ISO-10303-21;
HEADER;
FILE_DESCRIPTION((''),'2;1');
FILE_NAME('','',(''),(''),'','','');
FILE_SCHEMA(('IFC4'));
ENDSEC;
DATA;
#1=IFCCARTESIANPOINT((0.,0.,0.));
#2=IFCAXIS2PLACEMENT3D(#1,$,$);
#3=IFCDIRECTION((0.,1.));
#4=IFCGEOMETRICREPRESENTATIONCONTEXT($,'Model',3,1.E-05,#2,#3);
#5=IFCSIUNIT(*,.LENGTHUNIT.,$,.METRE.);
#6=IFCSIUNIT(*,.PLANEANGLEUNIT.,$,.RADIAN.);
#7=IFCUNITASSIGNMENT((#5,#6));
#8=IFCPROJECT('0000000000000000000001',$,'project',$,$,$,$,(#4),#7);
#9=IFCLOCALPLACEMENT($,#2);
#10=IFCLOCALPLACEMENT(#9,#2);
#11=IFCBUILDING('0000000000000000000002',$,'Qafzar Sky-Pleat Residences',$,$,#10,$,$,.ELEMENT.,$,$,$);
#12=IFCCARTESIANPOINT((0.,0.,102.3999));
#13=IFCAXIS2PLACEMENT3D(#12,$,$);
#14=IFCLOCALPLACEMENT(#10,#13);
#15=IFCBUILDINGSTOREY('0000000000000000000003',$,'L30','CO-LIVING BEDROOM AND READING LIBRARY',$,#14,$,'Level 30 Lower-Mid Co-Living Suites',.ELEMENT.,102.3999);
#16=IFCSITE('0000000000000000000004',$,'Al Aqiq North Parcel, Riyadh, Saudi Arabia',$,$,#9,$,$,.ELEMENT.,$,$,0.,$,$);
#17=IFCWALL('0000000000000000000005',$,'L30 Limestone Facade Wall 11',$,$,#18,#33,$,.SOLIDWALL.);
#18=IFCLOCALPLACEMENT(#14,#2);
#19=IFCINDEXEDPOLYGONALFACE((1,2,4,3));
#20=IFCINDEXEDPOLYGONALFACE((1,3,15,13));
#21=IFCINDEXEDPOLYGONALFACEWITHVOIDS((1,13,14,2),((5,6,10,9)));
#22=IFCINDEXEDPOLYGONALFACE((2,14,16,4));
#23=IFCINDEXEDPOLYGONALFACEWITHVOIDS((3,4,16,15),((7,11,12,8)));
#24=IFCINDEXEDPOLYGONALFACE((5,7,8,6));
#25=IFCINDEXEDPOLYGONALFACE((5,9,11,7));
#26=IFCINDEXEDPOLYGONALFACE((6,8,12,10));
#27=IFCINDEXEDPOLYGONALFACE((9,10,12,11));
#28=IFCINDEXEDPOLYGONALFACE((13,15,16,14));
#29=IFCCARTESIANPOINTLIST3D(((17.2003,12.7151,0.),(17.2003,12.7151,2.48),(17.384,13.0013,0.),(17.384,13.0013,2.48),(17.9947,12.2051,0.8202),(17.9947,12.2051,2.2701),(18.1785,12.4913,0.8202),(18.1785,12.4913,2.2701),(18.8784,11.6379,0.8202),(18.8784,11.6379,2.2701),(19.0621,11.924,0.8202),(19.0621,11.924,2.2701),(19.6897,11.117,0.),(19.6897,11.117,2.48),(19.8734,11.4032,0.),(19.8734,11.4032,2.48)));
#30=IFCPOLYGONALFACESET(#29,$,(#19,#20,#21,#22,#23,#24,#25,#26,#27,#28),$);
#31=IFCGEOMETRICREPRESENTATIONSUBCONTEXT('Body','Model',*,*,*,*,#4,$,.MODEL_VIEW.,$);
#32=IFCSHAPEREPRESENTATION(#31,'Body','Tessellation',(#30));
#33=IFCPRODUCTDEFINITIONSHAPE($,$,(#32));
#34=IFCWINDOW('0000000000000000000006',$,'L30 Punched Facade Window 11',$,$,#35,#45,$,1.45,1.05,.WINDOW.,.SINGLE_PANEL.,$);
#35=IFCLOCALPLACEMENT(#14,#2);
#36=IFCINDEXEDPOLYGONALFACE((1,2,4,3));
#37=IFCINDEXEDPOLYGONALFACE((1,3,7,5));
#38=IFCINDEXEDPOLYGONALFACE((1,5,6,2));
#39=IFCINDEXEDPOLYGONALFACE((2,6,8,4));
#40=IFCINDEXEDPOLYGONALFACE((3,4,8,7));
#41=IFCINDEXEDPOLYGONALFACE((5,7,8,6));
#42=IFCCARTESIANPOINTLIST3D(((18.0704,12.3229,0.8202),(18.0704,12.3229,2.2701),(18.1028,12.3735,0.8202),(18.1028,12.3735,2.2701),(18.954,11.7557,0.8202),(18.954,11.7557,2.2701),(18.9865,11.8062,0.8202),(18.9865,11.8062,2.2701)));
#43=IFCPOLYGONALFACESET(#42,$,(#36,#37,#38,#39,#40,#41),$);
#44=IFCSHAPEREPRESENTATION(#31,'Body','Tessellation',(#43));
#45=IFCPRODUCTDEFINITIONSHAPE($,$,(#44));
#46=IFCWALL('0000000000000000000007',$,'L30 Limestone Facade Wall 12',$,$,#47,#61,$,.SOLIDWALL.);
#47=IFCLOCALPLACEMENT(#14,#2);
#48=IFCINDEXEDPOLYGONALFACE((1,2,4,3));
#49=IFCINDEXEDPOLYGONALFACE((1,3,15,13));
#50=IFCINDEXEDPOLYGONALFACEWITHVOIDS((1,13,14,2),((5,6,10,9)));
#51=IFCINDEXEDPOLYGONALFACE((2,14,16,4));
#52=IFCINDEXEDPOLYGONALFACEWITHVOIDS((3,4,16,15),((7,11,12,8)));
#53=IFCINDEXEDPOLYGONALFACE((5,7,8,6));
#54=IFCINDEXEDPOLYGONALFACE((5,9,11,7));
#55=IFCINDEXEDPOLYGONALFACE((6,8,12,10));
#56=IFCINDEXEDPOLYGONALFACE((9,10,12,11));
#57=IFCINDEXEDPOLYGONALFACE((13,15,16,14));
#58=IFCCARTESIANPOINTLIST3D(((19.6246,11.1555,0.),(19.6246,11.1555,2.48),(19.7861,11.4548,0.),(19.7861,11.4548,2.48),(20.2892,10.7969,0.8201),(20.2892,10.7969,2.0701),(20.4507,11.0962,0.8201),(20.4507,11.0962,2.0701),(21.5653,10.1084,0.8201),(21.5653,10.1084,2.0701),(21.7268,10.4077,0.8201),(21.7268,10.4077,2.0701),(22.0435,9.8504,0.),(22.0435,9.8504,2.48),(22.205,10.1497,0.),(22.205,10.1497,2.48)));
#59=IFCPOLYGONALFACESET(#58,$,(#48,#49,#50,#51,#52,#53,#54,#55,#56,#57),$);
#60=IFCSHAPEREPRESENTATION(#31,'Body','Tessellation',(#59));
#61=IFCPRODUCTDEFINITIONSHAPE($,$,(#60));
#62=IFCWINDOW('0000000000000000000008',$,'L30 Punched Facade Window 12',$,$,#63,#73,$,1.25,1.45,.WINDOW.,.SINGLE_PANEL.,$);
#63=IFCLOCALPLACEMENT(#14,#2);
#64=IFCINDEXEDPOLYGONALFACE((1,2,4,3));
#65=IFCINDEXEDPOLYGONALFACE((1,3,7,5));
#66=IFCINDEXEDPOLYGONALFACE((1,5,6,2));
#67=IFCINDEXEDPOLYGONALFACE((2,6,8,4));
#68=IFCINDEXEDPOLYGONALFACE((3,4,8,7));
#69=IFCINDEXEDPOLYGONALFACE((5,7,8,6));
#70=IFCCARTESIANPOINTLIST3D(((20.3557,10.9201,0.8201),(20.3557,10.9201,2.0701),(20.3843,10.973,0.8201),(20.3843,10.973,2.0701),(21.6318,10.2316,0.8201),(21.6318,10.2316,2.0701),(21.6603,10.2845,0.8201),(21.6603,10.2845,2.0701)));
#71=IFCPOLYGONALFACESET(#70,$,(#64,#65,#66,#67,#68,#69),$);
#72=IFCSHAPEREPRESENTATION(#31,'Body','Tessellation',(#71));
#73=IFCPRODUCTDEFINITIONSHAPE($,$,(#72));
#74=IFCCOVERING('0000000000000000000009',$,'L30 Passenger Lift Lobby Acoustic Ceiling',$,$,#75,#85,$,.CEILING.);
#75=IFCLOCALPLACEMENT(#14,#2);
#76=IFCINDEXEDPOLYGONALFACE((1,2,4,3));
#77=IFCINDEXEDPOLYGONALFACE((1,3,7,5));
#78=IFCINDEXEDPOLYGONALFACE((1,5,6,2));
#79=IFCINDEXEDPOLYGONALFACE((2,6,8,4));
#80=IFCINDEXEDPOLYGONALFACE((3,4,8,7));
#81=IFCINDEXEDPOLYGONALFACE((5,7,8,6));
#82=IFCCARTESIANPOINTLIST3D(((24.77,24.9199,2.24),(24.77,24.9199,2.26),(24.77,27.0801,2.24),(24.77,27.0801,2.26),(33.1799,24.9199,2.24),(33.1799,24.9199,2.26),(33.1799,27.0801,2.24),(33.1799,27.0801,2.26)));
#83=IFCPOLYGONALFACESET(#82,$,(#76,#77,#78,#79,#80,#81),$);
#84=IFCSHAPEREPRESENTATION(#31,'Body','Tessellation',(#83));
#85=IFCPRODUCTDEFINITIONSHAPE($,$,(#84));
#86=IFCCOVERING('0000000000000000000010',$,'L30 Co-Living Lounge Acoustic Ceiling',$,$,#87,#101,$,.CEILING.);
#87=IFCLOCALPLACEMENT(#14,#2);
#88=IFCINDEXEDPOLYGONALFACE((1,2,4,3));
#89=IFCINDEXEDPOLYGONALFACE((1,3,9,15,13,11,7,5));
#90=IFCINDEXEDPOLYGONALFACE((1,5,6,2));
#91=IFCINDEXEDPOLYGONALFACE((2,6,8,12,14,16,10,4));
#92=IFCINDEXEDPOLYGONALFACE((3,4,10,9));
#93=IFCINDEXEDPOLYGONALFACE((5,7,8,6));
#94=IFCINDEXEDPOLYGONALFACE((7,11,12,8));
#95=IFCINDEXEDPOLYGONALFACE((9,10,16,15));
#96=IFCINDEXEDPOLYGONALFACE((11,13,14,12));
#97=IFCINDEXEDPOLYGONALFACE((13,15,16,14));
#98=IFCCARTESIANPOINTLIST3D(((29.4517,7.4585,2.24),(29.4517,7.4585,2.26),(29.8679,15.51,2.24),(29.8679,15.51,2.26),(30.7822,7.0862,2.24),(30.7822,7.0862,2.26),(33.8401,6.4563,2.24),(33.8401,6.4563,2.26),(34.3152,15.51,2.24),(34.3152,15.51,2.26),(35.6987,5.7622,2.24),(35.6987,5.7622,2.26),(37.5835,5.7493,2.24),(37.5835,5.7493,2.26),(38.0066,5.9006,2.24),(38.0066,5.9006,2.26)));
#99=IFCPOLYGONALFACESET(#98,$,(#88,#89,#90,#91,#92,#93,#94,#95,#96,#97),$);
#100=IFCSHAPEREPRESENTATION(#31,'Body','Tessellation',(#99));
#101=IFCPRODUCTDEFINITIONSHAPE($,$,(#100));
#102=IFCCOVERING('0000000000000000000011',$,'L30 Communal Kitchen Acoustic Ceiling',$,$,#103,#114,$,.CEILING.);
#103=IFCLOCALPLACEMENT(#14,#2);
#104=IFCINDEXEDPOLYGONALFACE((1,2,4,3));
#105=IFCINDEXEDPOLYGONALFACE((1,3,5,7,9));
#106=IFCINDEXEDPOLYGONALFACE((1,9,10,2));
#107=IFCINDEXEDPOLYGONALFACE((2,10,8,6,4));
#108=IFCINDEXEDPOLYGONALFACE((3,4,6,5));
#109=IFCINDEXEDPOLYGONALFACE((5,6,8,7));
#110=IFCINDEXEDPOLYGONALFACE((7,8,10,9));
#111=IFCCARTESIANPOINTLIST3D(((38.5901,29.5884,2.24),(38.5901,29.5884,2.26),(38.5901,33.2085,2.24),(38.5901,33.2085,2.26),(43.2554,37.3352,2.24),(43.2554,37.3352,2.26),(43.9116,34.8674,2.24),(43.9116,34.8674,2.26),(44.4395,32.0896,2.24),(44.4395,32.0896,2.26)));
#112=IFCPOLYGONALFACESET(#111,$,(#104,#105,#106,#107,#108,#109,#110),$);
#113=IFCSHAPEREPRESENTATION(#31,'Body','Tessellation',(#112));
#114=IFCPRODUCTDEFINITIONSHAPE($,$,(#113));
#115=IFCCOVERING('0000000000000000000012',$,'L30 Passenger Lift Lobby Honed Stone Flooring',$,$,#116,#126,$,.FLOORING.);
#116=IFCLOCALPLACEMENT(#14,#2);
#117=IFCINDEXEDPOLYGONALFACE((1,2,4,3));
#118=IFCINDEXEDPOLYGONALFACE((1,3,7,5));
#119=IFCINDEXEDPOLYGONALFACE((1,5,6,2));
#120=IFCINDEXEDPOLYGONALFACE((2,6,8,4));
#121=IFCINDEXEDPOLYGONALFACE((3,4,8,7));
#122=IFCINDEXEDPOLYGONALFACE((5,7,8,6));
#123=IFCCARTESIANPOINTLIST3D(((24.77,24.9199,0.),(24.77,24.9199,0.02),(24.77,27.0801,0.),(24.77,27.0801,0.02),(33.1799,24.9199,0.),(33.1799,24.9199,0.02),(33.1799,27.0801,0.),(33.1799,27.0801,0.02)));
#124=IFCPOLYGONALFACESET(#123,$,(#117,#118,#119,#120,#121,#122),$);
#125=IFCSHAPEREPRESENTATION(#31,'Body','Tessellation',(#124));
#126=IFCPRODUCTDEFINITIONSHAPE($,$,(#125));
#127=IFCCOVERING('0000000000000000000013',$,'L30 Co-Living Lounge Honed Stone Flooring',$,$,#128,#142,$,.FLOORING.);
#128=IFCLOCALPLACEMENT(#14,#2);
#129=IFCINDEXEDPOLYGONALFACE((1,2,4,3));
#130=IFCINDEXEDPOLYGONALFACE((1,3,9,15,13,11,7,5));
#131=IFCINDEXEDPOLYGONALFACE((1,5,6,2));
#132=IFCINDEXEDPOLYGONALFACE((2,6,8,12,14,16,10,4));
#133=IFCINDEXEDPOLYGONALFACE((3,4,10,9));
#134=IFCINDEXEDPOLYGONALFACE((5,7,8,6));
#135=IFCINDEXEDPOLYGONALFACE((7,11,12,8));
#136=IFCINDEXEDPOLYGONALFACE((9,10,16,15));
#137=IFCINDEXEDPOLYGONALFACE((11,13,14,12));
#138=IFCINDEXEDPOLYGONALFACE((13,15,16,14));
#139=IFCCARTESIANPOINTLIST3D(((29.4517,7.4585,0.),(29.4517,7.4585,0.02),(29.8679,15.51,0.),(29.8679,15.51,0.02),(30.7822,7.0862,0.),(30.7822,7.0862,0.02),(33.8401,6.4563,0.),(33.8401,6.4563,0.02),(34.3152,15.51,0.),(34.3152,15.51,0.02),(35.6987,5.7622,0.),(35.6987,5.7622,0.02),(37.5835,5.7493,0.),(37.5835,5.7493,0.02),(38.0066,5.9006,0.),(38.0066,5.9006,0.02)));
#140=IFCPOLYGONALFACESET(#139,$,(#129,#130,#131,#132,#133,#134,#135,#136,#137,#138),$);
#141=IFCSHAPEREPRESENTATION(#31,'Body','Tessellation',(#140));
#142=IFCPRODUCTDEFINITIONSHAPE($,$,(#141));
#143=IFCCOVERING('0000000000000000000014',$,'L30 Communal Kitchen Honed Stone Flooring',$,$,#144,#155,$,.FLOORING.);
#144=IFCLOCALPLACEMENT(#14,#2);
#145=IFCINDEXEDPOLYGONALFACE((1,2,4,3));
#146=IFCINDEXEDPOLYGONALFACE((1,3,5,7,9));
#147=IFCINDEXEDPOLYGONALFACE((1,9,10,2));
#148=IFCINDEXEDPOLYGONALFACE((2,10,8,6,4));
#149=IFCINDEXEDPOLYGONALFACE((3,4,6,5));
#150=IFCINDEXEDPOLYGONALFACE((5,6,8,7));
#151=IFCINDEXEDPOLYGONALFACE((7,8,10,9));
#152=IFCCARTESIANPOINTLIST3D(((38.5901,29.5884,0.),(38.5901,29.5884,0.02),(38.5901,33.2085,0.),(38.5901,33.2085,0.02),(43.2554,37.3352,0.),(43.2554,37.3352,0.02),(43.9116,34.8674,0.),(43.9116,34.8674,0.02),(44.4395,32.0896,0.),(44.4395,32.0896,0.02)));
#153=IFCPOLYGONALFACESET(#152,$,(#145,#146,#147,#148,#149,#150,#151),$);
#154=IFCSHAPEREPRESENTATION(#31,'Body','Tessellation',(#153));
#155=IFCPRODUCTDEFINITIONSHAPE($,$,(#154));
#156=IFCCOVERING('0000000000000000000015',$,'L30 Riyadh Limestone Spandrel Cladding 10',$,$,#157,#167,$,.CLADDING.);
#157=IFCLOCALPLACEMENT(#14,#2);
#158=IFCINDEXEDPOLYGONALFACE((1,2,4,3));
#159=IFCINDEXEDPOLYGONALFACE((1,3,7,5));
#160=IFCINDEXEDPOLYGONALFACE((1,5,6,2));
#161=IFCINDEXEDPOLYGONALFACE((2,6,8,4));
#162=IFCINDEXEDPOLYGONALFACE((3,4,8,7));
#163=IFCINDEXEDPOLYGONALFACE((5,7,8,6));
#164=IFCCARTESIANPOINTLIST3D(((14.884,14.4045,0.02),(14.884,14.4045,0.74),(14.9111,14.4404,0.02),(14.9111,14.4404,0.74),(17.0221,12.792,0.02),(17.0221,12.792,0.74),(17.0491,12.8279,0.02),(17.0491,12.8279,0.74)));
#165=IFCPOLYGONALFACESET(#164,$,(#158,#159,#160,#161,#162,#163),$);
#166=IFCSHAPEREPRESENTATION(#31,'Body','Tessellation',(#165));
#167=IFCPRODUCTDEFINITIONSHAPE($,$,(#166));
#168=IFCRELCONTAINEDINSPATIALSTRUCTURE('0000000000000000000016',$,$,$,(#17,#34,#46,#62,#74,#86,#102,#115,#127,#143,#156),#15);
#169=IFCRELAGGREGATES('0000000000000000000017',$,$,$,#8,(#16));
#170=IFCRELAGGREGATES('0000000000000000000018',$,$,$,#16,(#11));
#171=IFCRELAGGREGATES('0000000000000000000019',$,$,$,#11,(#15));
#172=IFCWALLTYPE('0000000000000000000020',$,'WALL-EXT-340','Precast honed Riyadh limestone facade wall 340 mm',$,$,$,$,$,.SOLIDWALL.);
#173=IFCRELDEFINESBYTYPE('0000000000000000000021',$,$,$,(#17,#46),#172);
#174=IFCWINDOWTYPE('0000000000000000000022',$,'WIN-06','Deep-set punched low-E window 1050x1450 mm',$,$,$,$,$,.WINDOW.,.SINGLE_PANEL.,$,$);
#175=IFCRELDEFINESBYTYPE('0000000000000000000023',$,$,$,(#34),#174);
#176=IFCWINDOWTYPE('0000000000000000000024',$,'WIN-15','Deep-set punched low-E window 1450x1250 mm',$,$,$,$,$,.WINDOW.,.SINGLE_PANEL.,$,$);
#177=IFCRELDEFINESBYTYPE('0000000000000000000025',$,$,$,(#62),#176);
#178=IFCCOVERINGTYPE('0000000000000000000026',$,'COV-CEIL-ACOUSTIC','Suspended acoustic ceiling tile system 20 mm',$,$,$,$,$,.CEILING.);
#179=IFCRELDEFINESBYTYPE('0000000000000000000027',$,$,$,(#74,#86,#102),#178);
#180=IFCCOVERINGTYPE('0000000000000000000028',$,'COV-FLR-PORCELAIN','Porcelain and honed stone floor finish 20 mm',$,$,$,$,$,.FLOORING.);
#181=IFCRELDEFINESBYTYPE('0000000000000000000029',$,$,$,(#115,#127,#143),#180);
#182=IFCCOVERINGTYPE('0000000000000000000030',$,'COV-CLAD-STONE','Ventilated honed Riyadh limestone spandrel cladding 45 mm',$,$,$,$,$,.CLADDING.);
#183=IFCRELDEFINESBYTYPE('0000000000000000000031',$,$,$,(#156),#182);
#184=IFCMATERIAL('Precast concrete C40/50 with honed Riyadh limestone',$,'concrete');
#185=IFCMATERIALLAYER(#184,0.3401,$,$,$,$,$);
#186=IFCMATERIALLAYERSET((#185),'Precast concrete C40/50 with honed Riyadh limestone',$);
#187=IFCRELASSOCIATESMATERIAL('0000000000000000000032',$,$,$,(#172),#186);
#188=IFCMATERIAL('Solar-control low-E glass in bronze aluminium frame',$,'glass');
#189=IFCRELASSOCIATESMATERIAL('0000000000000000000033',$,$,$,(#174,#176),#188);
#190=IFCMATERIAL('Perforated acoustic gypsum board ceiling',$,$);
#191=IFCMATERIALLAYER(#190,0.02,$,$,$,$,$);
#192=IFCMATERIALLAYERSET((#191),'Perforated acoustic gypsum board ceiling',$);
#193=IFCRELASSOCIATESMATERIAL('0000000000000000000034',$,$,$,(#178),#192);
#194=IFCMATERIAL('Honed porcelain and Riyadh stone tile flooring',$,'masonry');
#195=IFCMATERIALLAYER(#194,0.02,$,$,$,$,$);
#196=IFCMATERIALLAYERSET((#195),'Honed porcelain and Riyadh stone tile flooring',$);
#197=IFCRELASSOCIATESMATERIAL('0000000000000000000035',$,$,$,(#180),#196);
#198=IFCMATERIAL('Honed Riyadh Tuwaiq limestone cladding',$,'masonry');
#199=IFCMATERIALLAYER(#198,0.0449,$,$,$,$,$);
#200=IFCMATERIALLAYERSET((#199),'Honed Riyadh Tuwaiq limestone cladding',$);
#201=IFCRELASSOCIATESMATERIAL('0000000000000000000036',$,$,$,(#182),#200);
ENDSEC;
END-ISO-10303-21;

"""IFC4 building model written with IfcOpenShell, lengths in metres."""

from ifc_helpers import new_model, si_unit, direction, frame, frame_2d, origin, origin_2d, place, context, subcontext, project, spatial, polyline, rectangle, outline, extrude, source, transform, mapped, material, layer, layer_set, type_object, element, fill, save


model = new_model("IFC4")

# Units and contexts
model_context = context("Model", 3, precision=1e-05, world=origin(), true_north=direction((0.0, 1.0)))
body_context = subcontext(model_context, "Body", "Model", "MODEL_VIEW")
ifc_project = project(units=[si_unit("LENGTHUNIT", "METRE"), si_unit("PLANEANGLEUNIT", "RADIAN")], contexts=[model_context])

# Site, building, storey
site_placement = place(None, origin())
site = spatial("IfcSite", under=ifc_project, at=site_placement, Name="Al Aqiq North Parcel, Riyadh, Saudi Arabia", CompositionType="ELEMENT", RefElevation=0.0)
building_placement = place(site_placement, origin())
building = spatial("IfcBuilding", under=site, at=building_placement, Name="Qafzar Sky-Pleat Residences", CompositionType="ELEMENT")
storey_placement = place(building_placement, frame((0.0, 0.0, 102.3999)))
storey = spatial("IfcBuildingStorey", under=building, at=storey_placement, Name="L30", Description="CO-LIVING BEDROOM AND READING LIBRARY", LongName="Level 30 Lower-Mid Co-Living Suites", CompositionType="ELEMENT", Elevation=102.3999)

# Walls, openings, windows
ifc_material_1 = material(Name="Precast concrete C40/50 with honed Riyadh limestone", Category="concrete")
ifc_layer_1 = layer(ifc_material_1, 0.3401)
ifc_layer_set_1 = layer_set([ifc_layer_1], Name="Precast concrete C40/50 with honed Riyadh limestone")
wall_type = type_object("IfcWallType", Name="WALL-EXT-340", Description="Precast honed Riyadh limestone facade wall 340 mm", PredefinedType="SOLIDWALL", material=ifc_layer_set_1)
wall_1_placement = place(storey_placement, frame((17.2922, 12.8582, 0.0), z_axis=(0.0, 0.0, 1.0), x_axis=(0.841524, -0.540219, 0.0)))
wall_1 = element("IfcWall", 1, at=wall_1_placement, inside=storey, type_object=wall_type, Name="L30 Limestone Facade Wall 11", PredefinedType="SOLIDWALL", context=body_context, shape_type="SweptSolid", body=[
    extrude(rectangle(XDim=2.9583, YDim=0.3401, at=frame_2d((1.479, 0.0))), origin(), (0.0, 0.0, 1.0), 2.48),
])
opening_1_placement = place(wall_1_placement, frame((0.9441, 0.0, 0.8201)))
opening_1 = element("IfcOpeningElement", 2, at=opening_1_placement, cuts=wall_1, PredefinedType="OPENING", context=body_context, shape_type="SweptSolid", body=[
    extrude(rectangle(XDim=1.05, YDim=1.45, at=frame_2d((0.5249, 0.7251))), frame((0.0, 0.1802, 0.0), z_axis=(0.0, -1.0, 0.0), x_axis=(1.0, 0.0, 0.0)), (0.0, 0.0, 1.0), 0.3601),
])
ifc_material_2 = material(Name="Solar-control low-E glass in bronze aluminium frame", Category="glass")
window_type_1 = type_object("IfcWindowType", Name="WIN-06", Description="Deep-set punched low-E window 1050x1450 mm", PartitioningType="SINGLE_PANEL", PredefinedType="WINDOW", material=ifc_material_2)
shared_shape_1 = source(origin(), body_context, "Body", "SweptSolid", [
    extrude(rectangle(XDim=1.05, YDim=1.45, at=frame_2d((0.5249, 0.7251))), frame((0.0, 0.03, 0.0), z_axis=(0.0, -1.0, 0.0), x_axis=(1.0, 0.0, 0.0)), (0.0, 0.0, 1.0), 0.0601),
])
window_1_placement = place(opening_1_placement, origin())
window_1 = element("IfcWindow", 3, at=window_1_placement, inside=storey, type_object=window_type_1, Name="L30 Punched Facade Window 11", OverallHeight=1.45, OverallWidth=1.05, PartitioningType="SINGLE_PANEL", PredefinedType="WINDOW", context=body_context, shape_type="MappedRepresentation", body=[
    mapped(shared_shape_1, transform((0.0, 0.0, 0.0), x_axis=(1.0, 0.0, 0.0), y_axis=(0.0, 1.0, 0.0), z_axis=(0.0, 0.0, 1.0), scale=1.0)),
])
fill(opening_1, window_1)
wall_2_placement = place(storey_placement, frame((19.7053, 11.3052, 0.0), z_axis=(0.0, 0.0, 1.0), x_axis=(0.880066, -0.474852, 0.0)))
wall_2 = element("IfcWall", 4, at=wall_2_placement, inside=storey, type_object=wall_type, Name="L30 Limestone Facade Wall 12", PredefinedType="SOLIDWALL", context=body_context, shape_type="SweptSolid", body=[
    extrude(rectangle(XDim=2.7485, YDim=0.3401, at=frame_2d((1.3743, 0.0))), origin(), (0.0, 0.0, 1.0), 2.48),
])
opening_2_placement = place(wall_2_placement, frame((0.7551, 0.0, 0.8201)))
opening_2 = element("IfcOpeningElement", 5, at=opening_2_placement, cuts=wall_2, PredefinedType="OPENING", context=body_context, shape_type="SweptSolid", body=[
    extrude(rectangle(XDim=1.45, YDim=1.25, at=frame_2d((0.7251, 0.625))), frame((0.0, 0.1802, 0.0), z_axis=(0.0, -1.0, 0.0), x_axis=(1.0, 0.0, 0.0)), (0.0, 0.0, 1.0), 0.3601),
])
window_type_2 = type_object("IfcWindowType", Name="WIN-15", Description="Deep-set punched low-E window 1450x1250 mm", PartitioningType="SINGLE_PANEL", PredefinedType="WINDOW", material=ifc_material_2)
shared_shape_2 = source(origin(), body_context, "Body", "SweptSolid", [
    extrude(rectangle(XDim=1.45, YDim=1.25, at=frame_2d((0.7251, 0.625))), frame((0.0, 0.03, 0.0), z_axis=(0.0, -1.0, 0.0), x_axis=(1.0, 0.0, 0.0)), (0.0, 0.0, 1.0), 0.0601),
])
window_2_placement = place(opening_2_placement, origin())
window_2 = element("IfcWindow", 6, at=window_2_placement, inside=storey, type_object=window_type_2, Name="L30 Punched Facade Window 12", OverallHeight=1.25, OverallWidth=1.45, PartitioningType="SINGLE_PANEL", PredefinedType="WINDOW", context=body_context, shape_type="MappedRepresentation", body=[
    mapped(shared_shape_2, transform((0.0, 0.0, 0.0), x_axis=(1.0, 0.0, 0.0), y_axis=(0.0, 1.0, 0.0), z_axis=(0.0, 0.0, 1.0), scale=1.0)),
])
fill(opening_2, window_2)

# Coverings
ifc_material_3 = material(Name="Perforated acoustic gypsum board ceiling")
ifc_layer_2 = layer(ifc_material_3, 0.02)
ifc_layer_set_2 = layer_set([ifc_layer_2], Name="Perforated acoustic gypsum board ceiling")
covering_type_1 = type_object("IfcCoveringType", Name="COV-CEIL-ACOUSTIC", Description="Suspended acoustic ceiling tile system 20 mm", PredefinedType="CEILING", material=ifc_layer_set_2)
covering_1_placement = place(storey_placement, frame((0.0, 0.0, 2.24)))
element("IfcCovering", 7, at=covering_1_placement, inside=storey, type_object=covering_type_1, Name="L30 Passenger Lift Lobby Acoustic Ceiling", PredefinedType="CEILING", context=body_context, shape_type="SweptSolid", body=[
    extrude(outline(polyline([(33.1799, 24.9199), (24.77, 24.9199), (24.77, 27.0801), (33.1799, 27.0801), (33.1799, 24.9199)])), origin(), (0.0, 0.0, 1.0), 0.02),
])
covering_2_placement = place(storey_placement, frame((0.0, 0.0, 2.24)))
element("IfcCovering", 8, at=covering_2_placement, inside=storey, type_object=covering_type_1, Name="L30 Co-Living Lounge Acoustic Ceiling", PredefinedType="CEILING", context=body_context, shape_type="SweptSolid", body=[
    extrude(outline(polyline([(37.5835, 5.7493), (35.6987, 5.7622), (33.8401, 6.4563), (30.7822, 7.0862), (29.4517, 7.4585), (29.8679, 15.51), (34.3152, 15.51), (38.0066, 5.9006), (37.5835, 5.7493)])), origin(), (0.0, 0.0, 1.0), 0.02),
])
covering_3_placement = place(storey_placement, frame((0.0, 0.0, 2.24)))
element("IfcCovering", 9, at=covering_3_placement, inside=storey, type_object=covering_type_1, Name="L30 Communal Kitchen Acoustic Ceiling", PredefinedType="CEILING", context=body_context, shape_type="SweptSolid", body=[
    extrude(outline(polyline([(43.9116, 34.8674), (44.4395, 32.0896), (38.5901, 29.5884), (38.5901, 33.2085), (43.2554, 37.3352), (43.9116, 34.8674)])), origin(), (0.0, 0.0, 1.0), 0.02),
])
ifc_material_4 = material(Name="Honed porcelain and Riyadh stone tile flooring", Category="masonry")
ifc_layer_3 = layer(ifc_material_4, 0.02)
ifc_layer_set_3 = layer_set([ifc_layer_3], Name="Honed porcelain and Riyadh stone tile flooring")
covering_type_2 = type_object("IfcCoveringType", Name="COV-FLR-PORCELAIN", Description="Porcelain and honed stone floor finish 20 mm", PredefinedType="FLOORING", material=ifc_layer_set_3)
covering_4_placement = place(storey_placement, origin())
element("IfcCovering", 10, at=covering_4_placement, inside=storey, type_object=covering_type_2, Name="L30 Passenger Lift Lobby Honed Stone Flooring", PredefinedType="FLOORING", context=body_context, shape_type="SweptSolid", body=[
    extrude(outline(polyline([(33.1799, 24.9199), (24.77, 24.9199), (24.77, 27.0801), (33.1799, 27.0801), (33.1799, 24.9199)])), origin(), (0.0, 0.0, 1.0), 0.02),
])
covering_5_placement = place(storey_placement, origin())
element("IfcCovering", 11, at=covering_5_placement, inside=storey, type_object=covering_type_2, Name="L30 Co-Living Lounge Honed Stone Flooring", PredefinedType="FLOORING", context=body_context, shape_type="SweptSolid", body=[
    extrude(outline(polyline([(37.5835, 5.7493), (35.6987, 5.7622), (33.8401, 6.4563), (30.7822, 7.0862), (29.4517, 7.4585), (29.8679, 15.51), (34.3152, 15.51), (38.0066, 5.9006), (37.5835, 5.7493)])), origin(), (0.0, 0.0, 1.0), 0.02),
])
covering_6_placement = place(storey_placement, origin())
element("IfcCovering", 12, at=covering_6_placement, inside=storey, type_object=covering_type_2, Name="L30 Communal Kitchen Honed Stone Flooring", PredefinedType="FLOORING", context=body_context, shape_type="SweptSolid", body=[
    extrude(outline(polyline([(43.9116, 34.8674), (44.4395, 32.0896), (38.5901, 29.5884), (38.5901, 33.2085), (43.2554, 37.3352), (43.9116, 34.8674)])), origin(), (0.0, 0.0, 1.0), 0.02),
])
ifc_material_5 = material(Name="Honed Riyadh Tuwaiq limestone cladding", Category="masonry")
ifc_layer_4 = layer(ifc_material_5, 0.0449)
ifc_layer_set_4 = layer_set([ifc_layer_4], Name="Honed Riyadh Tuwaiq limestone cladding")
covering_type_3 = type_object("IfcCoveringType", Name="COV-CLAD-STONE", Description="Ventilated honed Riyadh limestone spandrel cladding 45 mm", PredefinedType="CLADDING", material=ifc_layer_set_4)
shared_shape_3 = source(origin(), body_context, "Body", "SweptSolid", [
    extrude(rectangle(XDim=2.678, YDim=0.0449, at=origin_2d()), origin(), (0.0, 0.0, 1.0), 0.72),
])
covering_7_placement = place(storey_placement, frame((15.9666, 13.6162, 0.02), z_axis=(0.0, 0.0, 1.0), x_axis=(0.798384, -0.602149, 0.0)))
element("IfcCovering", 13, at=covering_7_placement, inside=storey, type_object=covering_type_3, Name="L30 Riyadh Limestone Spandrel Cladding 10", PredefinedType="CLADDING", context=body_context, shape_type="MappedRepresentation", body=[
    mapped(shared_shape_3, transform((0.0, 0.0, 0.0), x_axis=(1.0, 0.0, 0.0), y_axis=(0.0, 1.0, 0.0), z_axis=(0.0, 0.0, 1.0), scale=1.0)),
])

save(model, "model.ifc")
